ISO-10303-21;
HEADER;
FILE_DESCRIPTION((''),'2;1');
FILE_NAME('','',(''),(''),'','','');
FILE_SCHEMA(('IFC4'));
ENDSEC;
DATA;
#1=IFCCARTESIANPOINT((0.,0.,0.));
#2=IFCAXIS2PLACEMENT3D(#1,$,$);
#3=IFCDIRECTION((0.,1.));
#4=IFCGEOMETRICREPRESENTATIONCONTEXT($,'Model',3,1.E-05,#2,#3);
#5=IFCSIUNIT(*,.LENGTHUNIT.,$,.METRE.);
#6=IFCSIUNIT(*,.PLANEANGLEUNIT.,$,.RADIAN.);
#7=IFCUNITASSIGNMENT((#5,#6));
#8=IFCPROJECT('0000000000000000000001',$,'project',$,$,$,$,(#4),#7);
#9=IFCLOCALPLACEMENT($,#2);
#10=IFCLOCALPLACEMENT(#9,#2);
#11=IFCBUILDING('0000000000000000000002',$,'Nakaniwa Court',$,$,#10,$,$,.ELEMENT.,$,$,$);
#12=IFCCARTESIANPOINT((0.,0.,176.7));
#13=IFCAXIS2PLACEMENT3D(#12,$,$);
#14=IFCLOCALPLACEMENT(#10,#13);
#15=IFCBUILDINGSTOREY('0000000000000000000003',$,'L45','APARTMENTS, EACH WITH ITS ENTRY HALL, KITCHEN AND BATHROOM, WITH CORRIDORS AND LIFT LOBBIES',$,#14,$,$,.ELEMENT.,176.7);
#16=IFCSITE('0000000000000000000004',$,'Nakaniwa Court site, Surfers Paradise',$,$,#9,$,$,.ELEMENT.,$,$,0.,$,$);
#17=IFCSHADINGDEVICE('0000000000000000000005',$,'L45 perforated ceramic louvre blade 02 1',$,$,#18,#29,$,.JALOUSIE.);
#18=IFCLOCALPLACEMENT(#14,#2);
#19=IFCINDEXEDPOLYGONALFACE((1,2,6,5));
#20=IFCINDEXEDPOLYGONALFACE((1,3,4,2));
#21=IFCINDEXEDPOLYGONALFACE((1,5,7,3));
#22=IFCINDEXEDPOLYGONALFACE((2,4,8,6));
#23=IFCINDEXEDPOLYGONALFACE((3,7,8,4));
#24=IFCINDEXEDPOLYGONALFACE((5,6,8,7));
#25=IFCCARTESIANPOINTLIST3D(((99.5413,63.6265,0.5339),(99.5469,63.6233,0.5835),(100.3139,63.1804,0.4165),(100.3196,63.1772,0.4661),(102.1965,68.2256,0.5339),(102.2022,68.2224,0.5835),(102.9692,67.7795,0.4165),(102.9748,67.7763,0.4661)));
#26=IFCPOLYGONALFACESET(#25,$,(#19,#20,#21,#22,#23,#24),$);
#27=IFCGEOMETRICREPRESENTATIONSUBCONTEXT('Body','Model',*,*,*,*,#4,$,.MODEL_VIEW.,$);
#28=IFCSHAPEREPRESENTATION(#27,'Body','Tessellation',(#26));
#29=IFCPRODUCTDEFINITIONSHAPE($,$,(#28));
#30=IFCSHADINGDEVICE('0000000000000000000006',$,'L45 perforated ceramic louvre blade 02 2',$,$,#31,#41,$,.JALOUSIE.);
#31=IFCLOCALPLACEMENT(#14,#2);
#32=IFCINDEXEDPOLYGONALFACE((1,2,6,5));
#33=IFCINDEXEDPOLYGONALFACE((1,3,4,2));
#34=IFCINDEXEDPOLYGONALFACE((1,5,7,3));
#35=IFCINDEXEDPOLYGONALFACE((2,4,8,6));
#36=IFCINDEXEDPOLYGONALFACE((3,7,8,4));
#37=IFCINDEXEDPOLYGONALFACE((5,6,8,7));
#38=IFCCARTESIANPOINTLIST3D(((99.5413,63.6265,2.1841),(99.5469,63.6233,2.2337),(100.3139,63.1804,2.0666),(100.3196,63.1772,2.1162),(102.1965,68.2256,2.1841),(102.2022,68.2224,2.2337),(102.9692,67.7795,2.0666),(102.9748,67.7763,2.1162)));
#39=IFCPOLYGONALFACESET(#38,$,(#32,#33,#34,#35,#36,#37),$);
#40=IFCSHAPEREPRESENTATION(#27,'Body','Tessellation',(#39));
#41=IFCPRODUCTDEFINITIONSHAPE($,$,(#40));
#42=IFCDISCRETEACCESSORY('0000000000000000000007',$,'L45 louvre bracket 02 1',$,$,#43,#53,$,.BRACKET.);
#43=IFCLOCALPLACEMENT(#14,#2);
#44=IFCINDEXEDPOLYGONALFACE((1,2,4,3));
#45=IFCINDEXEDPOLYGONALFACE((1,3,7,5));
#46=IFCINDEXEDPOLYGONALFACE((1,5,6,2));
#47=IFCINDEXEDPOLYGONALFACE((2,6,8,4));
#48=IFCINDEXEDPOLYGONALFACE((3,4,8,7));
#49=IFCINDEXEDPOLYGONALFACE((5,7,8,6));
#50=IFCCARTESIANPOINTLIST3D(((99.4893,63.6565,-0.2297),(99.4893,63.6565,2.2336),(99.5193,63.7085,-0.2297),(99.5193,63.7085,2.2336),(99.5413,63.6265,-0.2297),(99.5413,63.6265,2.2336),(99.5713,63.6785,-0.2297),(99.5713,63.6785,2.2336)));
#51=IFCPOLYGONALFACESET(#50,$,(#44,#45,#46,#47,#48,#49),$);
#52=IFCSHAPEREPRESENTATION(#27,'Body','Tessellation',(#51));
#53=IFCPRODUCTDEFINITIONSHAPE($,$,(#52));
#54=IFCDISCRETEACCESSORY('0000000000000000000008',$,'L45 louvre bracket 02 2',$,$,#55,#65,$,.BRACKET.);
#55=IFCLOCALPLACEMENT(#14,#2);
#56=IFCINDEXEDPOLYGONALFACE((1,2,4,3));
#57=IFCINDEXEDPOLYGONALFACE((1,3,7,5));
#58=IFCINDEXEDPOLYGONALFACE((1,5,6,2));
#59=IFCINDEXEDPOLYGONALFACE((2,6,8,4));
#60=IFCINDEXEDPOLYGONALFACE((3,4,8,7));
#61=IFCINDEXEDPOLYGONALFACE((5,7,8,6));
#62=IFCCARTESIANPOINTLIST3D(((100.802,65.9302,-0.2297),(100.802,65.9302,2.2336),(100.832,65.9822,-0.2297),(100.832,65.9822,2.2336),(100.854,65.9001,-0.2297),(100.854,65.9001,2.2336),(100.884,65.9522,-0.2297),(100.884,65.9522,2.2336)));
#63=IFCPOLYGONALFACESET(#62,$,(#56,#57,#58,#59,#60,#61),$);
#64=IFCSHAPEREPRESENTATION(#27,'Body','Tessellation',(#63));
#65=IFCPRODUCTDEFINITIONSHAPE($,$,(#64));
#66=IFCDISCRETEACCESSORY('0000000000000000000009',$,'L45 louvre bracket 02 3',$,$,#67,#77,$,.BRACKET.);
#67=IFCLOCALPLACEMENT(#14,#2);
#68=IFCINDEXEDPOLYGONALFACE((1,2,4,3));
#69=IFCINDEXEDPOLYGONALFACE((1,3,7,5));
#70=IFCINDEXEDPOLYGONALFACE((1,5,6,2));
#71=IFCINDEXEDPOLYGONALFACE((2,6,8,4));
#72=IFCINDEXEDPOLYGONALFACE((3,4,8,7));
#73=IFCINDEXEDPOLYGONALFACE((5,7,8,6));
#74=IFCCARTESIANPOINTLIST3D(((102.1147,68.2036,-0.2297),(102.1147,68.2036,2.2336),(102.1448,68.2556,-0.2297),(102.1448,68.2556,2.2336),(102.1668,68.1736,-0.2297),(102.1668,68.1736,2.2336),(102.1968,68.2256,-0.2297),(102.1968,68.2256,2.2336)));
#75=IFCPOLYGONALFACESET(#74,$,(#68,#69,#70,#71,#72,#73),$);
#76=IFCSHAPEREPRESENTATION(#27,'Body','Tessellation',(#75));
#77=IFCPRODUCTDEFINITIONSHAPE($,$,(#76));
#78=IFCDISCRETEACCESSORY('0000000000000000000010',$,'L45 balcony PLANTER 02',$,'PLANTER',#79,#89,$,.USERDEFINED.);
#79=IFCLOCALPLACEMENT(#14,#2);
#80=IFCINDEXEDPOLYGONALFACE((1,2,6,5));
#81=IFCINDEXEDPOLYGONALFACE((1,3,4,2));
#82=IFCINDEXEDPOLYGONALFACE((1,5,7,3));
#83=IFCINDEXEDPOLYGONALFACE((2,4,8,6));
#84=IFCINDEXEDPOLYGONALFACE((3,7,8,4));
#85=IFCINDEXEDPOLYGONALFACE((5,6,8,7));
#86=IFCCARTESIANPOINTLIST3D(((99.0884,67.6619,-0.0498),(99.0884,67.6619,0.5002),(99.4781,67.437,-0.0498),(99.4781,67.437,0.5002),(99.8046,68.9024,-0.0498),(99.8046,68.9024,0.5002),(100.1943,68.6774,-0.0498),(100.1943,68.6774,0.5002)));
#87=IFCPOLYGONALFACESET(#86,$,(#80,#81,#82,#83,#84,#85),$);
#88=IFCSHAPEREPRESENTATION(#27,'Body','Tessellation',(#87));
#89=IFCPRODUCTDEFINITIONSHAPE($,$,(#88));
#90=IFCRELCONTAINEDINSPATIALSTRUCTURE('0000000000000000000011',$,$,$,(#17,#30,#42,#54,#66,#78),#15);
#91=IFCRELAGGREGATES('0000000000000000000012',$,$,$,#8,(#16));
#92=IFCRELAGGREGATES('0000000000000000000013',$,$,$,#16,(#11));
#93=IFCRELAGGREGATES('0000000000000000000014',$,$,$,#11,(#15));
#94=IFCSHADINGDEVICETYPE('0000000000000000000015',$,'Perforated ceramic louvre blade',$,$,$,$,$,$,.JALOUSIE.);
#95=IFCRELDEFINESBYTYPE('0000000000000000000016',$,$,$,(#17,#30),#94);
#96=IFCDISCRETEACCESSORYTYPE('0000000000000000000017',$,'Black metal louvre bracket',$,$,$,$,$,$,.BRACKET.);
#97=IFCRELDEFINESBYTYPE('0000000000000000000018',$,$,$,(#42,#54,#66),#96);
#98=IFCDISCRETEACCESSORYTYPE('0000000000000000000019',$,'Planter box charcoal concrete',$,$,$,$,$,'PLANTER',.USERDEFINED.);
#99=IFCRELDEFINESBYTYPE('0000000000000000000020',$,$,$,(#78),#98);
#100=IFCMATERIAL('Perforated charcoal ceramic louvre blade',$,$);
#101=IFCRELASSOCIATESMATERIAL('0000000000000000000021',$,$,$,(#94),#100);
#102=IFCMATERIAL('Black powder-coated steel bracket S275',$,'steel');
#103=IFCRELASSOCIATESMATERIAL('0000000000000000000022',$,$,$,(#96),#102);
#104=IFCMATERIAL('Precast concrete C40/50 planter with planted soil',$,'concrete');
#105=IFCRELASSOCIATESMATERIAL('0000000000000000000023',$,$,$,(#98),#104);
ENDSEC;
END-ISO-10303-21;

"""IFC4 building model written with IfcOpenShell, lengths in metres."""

from ifc_helpers import new_model, si_unit, direction, frame, origin, origin_2d, place, context, subcontext, project, spatial, rectangle, extrude, material, material_profile, profile_set, type_object, element, save


model = new_model("IFC4")

# Units and contexts
model_context = context("Model", 3, precision=1e-05, world=origin(), true_north=direction((0.0, 1.0)))
body_context = subcontext(model_context, "Body", "Model", "MODEL_VIEW")
ifc_project = project(units=[si_unit("LENGTHUNIT", "METRE"), si_unit("PLANEANGLEUNIT", "RADIAN")], contexts=[model_context])

# Site, building, storey
site_placement = place(None, origin())
site = spatial("IfcSite", under=ifc_project, at=site_placement, Name="Nakaniwa Court site, Surfers Paradise", CompositionType="ELEMENT", RefElevation=0.0)
building_placement = place(site_placement, origin())
building = spatial("IfcBuilding", under=site, at=building_placement, Name="Nakaniwa Court", CompositionType="ELEMENT")
storey_placement = place(building_placement, frame((0.0, 0.0, 176.7)))
storey = spatial("IfcBuildingStorey", under=building, at=storey_placement, Name="L45", Description="APARTMENTS, EACH WITH ITS ENTRY HALL, KITCHEN AND BATHROOM, WITH CORRIDORS AND LIFT LOBBIES", CompositionType="ELEMENT", Elevation=176.7)

# Shading devices
ifc_material_1 = material(Name="Perforated charcoal ceramic louvre blade")
ifc_material_profile_1 = material_profile(ifc_material_1, rectangle(XDim=0.8999, YDim=0.05, at=origin_2d()), Name="Perforated ceramic louvre blade")
ifc_profile_set_1 = profile_set([ifc_material_profile_1], Name="Perforated charcoal ceramic louvre blade")
shading_device_type_1 = type_object("IfcShadingDeviceType", Name="Perforated ceramic louvre blade", PredefinedType="JALOUSIE", material=ifc_profile_set_1)
for number, where, z_axis, x_axis, name in (
    (1, (99.9304, 63.4019, 0.5), (0.499996, 0.866028, 0.0), (-0.858619, 0.495718, 0.130526), "L45 perforated ceramic louvre blade 02 1"),
    (2, (99.9304, 63.4019, 2.1501), (0.499996, 0.866028, 0.0), (-0.858619, 0.495718, 0.130526), "L45 perforated ceramic louvre blade 02 2"),
):
    element("IfcShadingDevice", number, at=place(storey_placement, frame(where, z_axis=z_axis, x_axis=x_axis)), inside=storey, type_object=shading_device_type_1, Name=name, PredefinedType="JALOUSIE", context=body_context, shape_type="SweptSolid", body=[
        extrude(rectangle(XDim=0.8999, YDim=0.05, at=origin_2d()), origin(), (0.0, 0.0, 1.0), 5.3105),
    ])

# Discrete accessories
ifc_material_2 = material(Name="Black powder-coated steel bracket S275", Category="steel")
discrete_accessory_type_1 = type_object("IfcDiscreteAccessoryType", Name="Black metal louvre bracket", PredefinedType="BRACKET", material=ifc_material_2)
for number, where, z_axis, x_axis, name in (
    (3, (99.5303, 63.6675, -0.2297), (0.0, 0.0, 1.0), (0.500017, 0.866016, 0.0), "L45 louvre bracket 02 1"),
    (4, (100.843, 65.9412, -0.2297), (0.0, 0.0, 1.0), (0.500017, 0.866016, 0.0), "L45 louvre bracket 02 2"),
    (5, (102.1558, 68.2146, -0.2297), (0.0, 0.0, 1.0), (0.500017, 0.866016, 0.0), "L45 louvre bracket 02 3"),
):
    element("IfcDiscreteAccessory", number, at=place(storey_placement, frame(where, z_axis=z_axis, x_axis=x_axis)), inside=storey, type_object=discrete_accessory_type_1, Name=name, PredefinedType="BRACKET", context=body_context, shape_type="SweptSolid", body=[
        extrude(rectangle(XDim=0.0601, YDim=0.0601, at=origin_2d()), origin(), (0.0, 0.0, 1.0), 2.4634),
    ])
ifc_material_3 = material(Name="Precast concrete C40/50 planter with planted soil", Category="concrete")
discrete_accessory_type_2 = type_object("IfcDiscreteAccessoryType", Name="Planter box charcoal concrete", ElementType="PLANTER", PredefinedType="USERDEFINED", material=ifc_material_3)
discrete_accessory_placement = place(storey_placement, frame((99.6414, 68.1697, -0.0498), z_axis=(0.0, 0.0, 1.0), x_axis=(0.500017, 0.866016, 0.0)))
element("IfcDiscreteAccessory", 6, at=discrete_accessory_placement, inside=storey, type_object=discrete_accessory_type_2, Name="L45 balcony PLANTER 02", ObjectType="PLANTER", PredefinedType="USERDEFINED", context=body_context, shape_type="SweptSolid", body=[
    extrude(rectangle(XDim=1.4324, YDim=0.45, at=origin_2d()), origin(), (0.0, 0.0, 1.0), 0.55),
])

save(model, "model.ifc")
